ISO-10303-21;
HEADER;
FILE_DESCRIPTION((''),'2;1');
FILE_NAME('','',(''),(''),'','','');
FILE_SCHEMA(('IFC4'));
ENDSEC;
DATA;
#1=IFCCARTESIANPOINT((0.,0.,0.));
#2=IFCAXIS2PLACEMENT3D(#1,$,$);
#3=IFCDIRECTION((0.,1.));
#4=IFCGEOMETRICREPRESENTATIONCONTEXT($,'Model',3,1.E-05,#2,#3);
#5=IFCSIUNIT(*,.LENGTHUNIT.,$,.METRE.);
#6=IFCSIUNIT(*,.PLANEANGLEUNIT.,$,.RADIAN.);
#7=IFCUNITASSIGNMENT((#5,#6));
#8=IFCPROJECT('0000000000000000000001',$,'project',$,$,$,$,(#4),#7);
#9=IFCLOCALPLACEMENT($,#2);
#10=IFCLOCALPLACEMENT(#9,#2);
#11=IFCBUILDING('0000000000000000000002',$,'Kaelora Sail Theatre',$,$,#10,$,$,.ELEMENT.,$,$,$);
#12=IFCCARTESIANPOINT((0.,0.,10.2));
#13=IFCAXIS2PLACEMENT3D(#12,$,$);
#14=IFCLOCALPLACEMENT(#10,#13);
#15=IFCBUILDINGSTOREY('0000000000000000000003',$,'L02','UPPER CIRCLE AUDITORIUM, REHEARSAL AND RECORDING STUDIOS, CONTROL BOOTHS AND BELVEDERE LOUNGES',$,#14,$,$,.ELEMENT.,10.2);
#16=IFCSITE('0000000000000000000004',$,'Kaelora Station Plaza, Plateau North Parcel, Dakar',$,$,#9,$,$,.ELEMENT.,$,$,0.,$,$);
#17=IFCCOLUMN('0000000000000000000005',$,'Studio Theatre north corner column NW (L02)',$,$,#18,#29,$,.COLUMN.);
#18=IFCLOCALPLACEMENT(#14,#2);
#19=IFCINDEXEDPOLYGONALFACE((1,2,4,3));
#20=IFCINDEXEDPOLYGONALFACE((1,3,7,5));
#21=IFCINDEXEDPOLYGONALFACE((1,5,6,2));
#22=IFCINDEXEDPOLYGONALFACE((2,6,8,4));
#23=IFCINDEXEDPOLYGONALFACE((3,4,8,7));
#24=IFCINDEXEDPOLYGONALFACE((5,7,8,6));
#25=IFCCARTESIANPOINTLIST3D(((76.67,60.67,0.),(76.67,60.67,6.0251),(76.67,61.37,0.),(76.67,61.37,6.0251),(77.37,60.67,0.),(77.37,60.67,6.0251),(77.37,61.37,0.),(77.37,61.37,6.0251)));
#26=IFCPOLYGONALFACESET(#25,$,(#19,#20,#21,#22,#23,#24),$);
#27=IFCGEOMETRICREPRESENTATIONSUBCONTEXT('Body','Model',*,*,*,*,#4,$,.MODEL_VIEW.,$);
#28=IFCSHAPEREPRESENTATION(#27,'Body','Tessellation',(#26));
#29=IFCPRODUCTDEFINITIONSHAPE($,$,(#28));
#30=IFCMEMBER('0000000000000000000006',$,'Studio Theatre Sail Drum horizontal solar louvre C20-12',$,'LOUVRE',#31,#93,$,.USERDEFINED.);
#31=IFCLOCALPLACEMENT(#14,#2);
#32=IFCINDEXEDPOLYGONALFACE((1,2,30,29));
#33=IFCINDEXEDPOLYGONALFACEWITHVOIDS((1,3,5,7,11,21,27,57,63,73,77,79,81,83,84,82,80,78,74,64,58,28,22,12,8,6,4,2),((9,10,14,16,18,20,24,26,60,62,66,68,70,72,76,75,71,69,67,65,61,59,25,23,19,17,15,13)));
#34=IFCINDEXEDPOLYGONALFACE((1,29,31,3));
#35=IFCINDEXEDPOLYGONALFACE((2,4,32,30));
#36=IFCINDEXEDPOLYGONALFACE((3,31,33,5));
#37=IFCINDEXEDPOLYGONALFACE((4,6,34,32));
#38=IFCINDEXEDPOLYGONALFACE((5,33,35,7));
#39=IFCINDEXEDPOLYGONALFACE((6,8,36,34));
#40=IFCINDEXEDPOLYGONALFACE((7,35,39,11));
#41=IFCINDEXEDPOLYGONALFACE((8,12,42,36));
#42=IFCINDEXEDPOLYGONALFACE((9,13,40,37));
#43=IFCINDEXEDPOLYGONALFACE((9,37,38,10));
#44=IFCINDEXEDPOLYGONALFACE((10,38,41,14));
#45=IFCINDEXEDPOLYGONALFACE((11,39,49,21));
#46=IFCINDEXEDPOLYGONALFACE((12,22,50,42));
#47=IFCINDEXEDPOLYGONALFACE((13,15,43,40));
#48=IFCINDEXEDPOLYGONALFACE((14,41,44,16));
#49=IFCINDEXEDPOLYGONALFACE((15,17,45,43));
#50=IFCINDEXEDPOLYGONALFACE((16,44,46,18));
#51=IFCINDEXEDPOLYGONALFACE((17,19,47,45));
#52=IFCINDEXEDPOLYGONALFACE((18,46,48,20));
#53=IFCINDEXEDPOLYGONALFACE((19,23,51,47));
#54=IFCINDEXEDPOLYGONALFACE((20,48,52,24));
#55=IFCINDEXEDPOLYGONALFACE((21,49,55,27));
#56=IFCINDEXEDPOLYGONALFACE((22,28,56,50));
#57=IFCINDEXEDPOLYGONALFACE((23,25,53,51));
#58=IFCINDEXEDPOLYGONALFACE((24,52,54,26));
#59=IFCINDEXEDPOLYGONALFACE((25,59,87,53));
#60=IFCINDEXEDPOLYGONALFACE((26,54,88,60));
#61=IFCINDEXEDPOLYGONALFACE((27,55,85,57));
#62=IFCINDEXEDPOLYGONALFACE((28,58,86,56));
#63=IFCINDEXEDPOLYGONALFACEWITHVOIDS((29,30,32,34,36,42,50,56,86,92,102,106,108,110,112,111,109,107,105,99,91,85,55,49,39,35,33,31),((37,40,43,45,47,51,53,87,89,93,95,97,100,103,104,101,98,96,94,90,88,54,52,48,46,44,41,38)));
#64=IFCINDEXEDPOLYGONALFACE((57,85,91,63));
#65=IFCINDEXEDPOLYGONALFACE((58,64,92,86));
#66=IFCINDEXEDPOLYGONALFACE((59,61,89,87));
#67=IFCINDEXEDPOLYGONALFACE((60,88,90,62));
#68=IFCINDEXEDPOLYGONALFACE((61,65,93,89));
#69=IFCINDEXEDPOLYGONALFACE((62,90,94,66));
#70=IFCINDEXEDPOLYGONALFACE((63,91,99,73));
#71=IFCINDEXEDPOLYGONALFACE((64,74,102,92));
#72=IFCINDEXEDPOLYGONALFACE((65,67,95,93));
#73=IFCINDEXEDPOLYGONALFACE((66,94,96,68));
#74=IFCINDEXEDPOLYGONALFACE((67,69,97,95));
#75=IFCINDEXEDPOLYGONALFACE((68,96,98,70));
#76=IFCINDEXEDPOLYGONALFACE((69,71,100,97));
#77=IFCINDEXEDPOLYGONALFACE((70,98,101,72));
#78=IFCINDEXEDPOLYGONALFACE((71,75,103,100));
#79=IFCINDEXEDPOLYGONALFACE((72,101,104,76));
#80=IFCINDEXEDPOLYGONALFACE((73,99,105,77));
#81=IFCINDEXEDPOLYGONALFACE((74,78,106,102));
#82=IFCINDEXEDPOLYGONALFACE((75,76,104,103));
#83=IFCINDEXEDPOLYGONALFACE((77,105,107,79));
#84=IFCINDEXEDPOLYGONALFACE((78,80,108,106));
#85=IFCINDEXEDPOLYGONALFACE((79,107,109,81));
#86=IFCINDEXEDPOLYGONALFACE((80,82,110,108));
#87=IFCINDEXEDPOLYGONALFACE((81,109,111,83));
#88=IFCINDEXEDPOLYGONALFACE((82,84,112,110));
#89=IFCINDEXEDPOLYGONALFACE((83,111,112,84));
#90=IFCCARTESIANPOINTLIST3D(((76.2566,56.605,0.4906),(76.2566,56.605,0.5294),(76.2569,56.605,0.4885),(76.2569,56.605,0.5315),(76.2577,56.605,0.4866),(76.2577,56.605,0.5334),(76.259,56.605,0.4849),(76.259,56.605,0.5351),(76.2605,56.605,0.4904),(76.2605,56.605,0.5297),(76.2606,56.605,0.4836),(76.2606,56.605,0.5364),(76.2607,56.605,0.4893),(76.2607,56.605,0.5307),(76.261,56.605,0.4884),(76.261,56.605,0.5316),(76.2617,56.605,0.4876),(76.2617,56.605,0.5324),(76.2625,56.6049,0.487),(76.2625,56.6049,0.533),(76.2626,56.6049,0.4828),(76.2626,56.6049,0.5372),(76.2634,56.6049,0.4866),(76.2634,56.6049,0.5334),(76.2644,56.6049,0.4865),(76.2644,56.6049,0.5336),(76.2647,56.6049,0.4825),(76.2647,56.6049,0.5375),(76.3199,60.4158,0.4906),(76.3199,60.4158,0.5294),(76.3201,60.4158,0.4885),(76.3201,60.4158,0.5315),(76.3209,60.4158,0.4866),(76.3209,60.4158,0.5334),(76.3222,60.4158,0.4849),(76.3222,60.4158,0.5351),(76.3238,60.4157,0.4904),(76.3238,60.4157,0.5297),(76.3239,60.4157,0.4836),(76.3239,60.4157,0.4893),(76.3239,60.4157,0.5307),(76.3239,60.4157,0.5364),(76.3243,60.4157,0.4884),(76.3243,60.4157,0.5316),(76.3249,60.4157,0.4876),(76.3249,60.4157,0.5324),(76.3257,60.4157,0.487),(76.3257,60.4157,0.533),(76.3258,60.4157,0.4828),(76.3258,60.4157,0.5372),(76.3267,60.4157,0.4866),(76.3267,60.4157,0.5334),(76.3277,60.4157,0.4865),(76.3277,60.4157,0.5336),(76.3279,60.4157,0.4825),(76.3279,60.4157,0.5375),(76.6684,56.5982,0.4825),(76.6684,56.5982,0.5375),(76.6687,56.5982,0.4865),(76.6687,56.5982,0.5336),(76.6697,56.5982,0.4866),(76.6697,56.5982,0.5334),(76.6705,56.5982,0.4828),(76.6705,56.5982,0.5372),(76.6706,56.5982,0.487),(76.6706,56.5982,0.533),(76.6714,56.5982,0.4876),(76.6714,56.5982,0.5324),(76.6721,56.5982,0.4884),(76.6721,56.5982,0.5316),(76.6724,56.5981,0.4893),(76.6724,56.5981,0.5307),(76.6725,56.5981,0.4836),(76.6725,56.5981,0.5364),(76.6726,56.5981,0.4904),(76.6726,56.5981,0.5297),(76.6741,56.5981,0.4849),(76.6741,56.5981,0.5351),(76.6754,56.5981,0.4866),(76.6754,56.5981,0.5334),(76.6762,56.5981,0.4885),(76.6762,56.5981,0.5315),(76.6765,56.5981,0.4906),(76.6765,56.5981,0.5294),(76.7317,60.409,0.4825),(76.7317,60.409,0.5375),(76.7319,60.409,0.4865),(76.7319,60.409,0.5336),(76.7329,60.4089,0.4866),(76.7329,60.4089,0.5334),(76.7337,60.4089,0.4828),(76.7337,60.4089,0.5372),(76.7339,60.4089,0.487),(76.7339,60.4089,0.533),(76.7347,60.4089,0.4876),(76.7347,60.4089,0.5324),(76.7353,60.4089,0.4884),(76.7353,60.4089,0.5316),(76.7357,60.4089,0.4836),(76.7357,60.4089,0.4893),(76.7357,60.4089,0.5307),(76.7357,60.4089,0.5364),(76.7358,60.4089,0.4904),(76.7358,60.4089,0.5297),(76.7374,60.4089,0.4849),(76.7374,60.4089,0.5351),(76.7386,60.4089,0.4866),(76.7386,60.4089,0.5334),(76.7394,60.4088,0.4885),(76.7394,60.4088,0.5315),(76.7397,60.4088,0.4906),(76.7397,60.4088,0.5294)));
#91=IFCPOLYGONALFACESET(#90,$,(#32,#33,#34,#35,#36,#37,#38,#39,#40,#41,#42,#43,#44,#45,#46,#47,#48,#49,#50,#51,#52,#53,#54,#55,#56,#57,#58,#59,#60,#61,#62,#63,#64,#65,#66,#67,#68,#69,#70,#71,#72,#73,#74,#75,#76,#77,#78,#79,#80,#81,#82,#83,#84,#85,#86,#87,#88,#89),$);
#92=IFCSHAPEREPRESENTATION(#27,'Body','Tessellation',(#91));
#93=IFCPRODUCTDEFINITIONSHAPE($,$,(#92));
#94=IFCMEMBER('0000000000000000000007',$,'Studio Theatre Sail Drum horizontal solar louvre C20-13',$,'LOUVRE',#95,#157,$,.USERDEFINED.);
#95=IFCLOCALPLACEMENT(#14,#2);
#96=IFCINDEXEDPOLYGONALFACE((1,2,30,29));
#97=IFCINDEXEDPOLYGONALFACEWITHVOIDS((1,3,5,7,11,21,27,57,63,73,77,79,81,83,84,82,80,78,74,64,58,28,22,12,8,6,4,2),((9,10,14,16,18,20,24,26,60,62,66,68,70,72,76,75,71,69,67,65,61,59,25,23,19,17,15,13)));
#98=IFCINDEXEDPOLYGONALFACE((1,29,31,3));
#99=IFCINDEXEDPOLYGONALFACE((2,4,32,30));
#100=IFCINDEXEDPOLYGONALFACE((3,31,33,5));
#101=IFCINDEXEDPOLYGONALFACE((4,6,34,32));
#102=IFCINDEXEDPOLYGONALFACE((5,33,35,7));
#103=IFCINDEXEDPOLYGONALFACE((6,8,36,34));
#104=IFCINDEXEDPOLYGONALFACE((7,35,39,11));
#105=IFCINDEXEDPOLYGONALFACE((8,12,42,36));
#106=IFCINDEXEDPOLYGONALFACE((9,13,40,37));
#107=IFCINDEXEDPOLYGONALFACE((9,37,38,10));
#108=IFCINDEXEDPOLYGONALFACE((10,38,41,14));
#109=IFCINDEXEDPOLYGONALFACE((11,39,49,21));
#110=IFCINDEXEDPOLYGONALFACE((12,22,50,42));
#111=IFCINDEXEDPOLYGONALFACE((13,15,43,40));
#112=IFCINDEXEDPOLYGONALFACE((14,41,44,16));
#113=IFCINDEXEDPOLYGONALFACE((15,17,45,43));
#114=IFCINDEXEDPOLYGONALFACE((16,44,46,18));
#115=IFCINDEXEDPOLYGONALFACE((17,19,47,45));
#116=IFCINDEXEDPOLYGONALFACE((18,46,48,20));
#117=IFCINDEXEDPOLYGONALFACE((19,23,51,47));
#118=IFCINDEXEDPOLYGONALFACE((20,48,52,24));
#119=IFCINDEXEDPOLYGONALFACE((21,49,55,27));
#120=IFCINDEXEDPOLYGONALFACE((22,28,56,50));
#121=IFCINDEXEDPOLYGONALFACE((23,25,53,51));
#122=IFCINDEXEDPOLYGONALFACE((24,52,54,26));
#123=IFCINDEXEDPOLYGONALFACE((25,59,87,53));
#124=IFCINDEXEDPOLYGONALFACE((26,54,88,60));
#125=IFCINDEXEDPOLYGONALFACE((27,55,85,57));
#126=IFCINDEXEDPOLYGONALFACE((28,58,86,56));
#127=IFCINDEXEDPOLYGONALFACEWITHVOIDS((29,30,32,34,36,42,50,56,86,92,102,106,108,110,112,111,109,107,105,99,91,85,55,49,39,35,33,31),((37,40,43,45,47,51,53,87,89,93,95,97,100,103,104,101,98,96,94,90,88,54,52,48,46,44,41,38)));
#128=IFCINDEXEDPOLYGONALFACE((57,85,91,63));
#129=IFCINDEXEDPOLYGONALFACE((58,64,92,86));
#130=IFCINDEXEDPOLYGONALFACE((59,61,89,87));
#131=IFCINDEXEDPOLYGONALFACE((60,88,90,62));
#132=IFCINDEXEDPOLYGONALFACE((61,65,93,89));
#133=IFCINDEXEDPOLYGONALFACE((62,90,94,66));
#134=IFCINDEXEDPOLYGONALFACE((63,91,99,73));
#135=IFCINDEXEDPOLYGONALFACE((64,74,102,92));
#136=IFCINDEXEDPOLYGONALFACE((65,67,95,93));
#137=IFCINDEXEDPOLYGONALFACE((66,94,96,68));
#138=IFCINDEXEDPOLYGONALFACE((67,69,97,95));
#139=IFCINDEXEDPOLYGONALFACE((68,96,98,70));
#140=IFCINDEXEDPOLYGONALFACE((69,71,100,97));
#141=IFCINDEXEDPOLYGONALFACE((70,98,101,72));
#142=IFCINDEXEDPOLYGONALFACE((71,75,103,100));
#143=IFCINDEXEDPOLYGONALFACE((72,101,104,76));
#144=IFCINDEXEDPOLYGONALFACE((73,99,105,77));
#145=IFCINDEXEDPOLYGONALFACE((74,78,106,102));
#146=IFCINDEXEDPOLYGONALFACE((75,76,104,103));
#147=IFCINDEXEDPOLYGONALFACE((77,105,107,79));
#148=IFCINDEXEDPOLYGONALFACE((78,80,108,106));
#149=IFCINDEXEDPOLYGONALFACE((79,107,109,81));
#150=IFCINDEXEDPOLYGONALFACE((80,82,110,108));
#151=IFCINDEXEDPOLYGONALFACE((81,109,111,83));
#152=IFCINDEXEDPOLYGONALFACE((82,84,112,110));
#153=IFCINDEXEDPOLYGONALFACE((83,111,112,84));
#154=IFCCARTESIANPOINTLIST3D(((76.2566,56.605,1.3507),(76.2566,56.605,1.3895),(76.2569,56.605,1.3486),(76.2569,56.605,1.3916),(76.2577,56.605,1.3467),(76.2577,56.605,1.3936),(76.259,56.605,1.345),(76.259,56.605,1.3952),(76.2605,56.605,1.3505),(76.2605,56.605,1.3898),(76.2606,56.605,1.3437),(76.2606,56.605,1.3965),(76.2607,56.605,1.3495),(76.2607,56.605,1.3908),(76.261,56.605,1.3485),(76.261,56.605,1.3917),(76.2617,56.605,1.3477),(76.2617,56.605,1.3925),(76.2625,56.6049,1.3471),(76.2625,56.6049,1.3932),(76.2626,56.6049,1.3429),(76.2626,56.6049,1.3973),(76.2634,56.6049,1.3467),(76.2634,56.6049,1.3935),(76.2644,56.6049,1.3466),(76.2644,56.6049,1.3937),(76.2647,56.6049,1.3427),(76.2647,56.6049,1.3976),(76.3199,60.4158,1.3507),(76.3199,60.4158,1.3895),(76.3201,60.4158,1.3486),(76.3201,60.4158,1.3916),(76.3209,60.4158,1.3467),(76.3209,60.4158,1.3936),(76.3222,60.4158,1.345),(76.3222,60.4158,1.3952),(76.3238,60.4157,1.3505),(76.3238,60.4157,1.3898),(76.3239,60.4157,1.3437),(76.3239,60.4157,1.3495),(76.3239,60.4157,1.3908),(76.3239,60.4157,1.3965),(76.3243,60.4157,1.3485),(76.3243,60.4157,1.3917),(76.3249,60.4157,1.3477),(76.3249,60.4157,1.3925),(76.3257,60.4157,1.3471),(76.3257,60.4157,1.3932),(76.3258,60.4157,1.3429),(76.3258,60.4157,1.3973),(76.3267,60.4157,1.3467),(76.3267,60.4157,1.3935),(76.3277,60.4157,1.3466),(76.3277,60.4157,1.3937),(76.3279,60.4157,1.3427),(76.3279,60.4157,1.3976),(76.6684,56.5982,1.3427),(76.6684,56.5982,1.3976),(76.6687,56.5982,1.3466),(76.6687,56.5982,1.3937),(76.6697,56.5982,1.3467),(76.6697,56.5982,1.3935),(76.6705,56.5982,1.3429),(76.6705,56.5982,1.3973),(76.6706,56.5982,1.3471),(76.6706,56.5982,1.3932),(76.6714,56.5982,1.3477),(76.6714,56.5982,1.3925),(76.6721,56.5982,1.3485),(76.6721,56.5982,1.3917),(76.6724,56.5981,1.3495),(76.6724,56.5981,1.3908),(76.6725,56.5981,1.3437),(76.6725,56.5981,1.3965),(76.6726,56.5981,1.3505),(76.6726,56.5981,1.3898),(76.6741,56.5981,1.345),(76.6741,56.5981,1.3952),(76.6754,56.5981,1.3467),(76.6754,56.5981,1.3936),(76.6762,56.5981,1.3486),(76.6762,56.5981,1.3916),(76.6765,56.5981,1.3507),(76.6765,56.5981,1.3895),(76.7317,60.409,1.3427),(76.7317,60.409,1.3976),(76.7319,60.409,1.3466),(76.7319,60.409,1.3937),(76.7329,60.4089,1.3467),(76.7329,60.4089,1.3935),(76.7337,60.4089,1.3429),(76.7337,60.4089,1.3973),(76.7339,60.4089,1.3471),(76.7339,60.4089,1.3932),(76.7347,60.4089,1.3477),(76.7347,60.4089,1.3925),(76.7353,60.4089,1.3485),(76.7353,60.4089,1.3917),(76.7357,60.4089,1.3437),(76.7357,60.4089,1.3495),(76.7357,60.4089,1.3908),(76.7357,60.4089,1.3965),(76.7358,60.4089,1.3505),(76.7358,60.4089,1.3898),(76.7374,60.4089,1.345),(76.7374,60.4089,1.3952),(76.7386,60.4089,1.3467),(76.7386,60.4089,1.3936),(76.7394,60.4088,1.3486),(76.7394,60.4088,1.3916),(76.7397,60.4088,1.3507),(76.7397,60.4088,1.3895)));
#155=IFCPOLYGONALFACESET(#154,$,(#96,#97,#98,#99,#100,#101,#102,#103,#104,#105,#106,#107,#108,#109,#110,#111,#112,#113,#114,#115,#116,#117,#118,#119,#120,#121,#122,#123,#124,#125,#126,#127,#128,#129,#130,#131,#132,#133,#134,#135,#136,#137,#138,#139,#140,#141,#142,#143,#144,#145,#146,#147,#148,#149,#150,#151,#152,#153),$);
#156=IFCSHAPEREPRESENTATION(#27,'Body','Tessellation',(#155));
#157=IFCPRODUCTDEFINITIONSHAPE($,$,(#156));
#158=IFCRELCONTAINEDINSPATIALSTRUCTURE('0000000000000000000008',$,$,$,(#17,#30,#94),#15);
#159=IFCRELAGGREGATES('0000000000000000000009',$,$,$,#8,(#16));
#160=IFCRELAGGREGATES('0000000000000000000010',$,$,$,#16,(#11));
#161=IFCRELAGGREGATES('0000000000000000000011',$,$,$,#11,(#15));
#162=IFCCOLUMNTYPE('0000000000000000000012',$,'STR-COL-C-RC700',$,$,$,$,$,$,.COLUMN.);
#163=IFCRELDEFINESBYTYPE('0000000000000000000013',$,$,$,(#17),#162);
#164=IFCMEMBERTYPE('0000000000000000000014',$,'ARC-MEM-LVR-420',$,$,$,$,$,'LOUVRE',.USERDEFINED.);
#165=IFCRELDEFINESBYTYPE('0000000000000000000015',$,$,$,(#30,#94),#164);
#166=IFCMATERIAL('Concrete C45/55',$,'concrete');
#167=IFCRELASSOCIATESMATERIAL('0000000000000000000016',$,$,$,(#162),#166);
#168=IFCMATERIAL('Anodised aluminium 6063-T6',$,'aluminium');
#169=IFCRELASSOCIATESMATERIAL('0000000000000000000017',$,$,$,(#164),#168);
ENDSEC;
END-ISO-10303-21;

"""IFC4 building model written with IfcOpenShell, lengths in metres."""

from ifc_helpers import new_model, si_unit, direction, frame, origin, origin_2d, place, context, subcontext, project, spatial, rectangle, hollow_rectangle, extrude, material, material_profile, profile_set, type_object, element, save


model = new_model("IFC4")

# Units and contexts
model_context = context("Model", 3, precision=1e-05, world=origin(), true_north=direction((0.0, 1.0)))
body_context = subcontext(model_context, "Body", "Model", "MODEL_VIEW")
ifc_project = project(units=[si_unit("LENGTHUNIT", "METRE"), si_unit("PLANEANGLEUNIT", "RADIAN")], contexts=[model_context])

# Site, building, storey
site_placement = place(None, origin())
site = spatial("IfcSite", under=ifc_project, at=site_placement, Name="Kaelora Station Plaza, Plateau North Parcel, Dakar", CompositionType="ELEMENT", RefElevation=0.0)
building_placement = place(site_placement, origin())
building = spatial("IfcBuilding", under=site, at=building_placement, Name="Kaelora Sail Theatre", CompositionType="ELEMENT")
storey_placement = place(building_placement, frame((0.0, 0.0, 10.2)))
storey = spatial("IfcBuildingStorey", under=building, at=storey_placement, Name="L02", Description="UPPER CIRCLE AUDITORIUM, REHEARSAL AND RECORDING STUDIOS, CONTROL BOOTHS AND BELVEDERE LOUNGES", CompositionType="ELEMENT", Elevation=10.2)

# Column
ifc_material_1 = material(Name="Concrete C45/55", Category="concrete")
ifc_material_profile_1 = material_profile(ifc_material_1, rectangle(XDim=0.7, YDim=0.7, at=origin_2d()), Name="RC-COL 700x700")
ifc_profile_set_1 = profile_set([ifc_material_profile_1], Name="Concrete C45/55")
column_type = type_object("IfcColumnType", Name="STR-COL-C-RC700", PredefinedType="COLUMN", material=ifc_profile_set_1)
column_placement = place(storey_placement, frame((77.02, 61.02, 0.0), z_axis=(0.0, 0.0, 1.0), x_axis=(1.0, 0.0, 0.0)))
element("IfcColumn", 1, at=column_placement, inside=storey, type_object=column_type, Name="Studio Theatre north corner column NW (L02)", PredefinedType="COLUMN", context=body_context, shape_type="SweptSolid", body=[
    extrude(rectangle(XDim=0.7, YDim=0.7, at=origin_2d()), origin(), (0.0, 0.0, 1.0), 6.0251),
])

# Members
ifc_material_2 = material(Name="Anodised aluminium 6063-T6", Category="aluminium")
ifc_material_profile_2 = material_profile(ifc_material_2, hollow_rectangle(XDim=0.4199, YDim=0.0549, WallThickness=0.0039, InnerFilletRadius=0.0039, OuterFilletRadius=0.0081, at=origin_2d()), Name="LOUVRE 420x55x4")
ifc_profile_set_2 = profile_set([ifc_material_profile_2], Name="Anodised aluminium 6063-T6")
member_type_1 = type_object("IfcMemberType", Name="ARC-MEM-LVR-420", ElementType="LOUVRE", PredefinedType="USERDEFINED", material=ifc_profile_set_2)
for number, where, z_axis, x_axis, name in (
    (2, (76.4666, 56.6016, 0.51), (0.016591, 0.999862, 0.0), (-0.999862, 0.016591, 0.0), "Studio Theatre Sail Drum horizontal solar louvre C20-12"),
    (3, (76.4666, 56.6016, 1.3701), (0.016591, 0.999862, 0.0), (-0.999862, 0.016591, 0.0), "Studio Theatre Sail Drum horizontal solar louvre C20-13"),
):
    element("IfcMember", number, at=place(storey_placement, frame(where, z_axis=z_axis, x_axis=x_axis)), inside=storey, type_object=member_type_1, Name=name, ObjectType="LOUVRE", PredefinedType="USERDEFINED", context=body_context, shape_type="SweptSolid", body=[
        extrude(hollow_rectangle(XDim=0.4199, YDim=0.0549, WallThickness=0.0039, InnerFilletRadius=0.0039, OuterFilletRadius=0.0081, at=origin_2d()), origin(), (0.0, 0.0, 1.0), 3.8113),
    ])

save(model, "model.ifc")
